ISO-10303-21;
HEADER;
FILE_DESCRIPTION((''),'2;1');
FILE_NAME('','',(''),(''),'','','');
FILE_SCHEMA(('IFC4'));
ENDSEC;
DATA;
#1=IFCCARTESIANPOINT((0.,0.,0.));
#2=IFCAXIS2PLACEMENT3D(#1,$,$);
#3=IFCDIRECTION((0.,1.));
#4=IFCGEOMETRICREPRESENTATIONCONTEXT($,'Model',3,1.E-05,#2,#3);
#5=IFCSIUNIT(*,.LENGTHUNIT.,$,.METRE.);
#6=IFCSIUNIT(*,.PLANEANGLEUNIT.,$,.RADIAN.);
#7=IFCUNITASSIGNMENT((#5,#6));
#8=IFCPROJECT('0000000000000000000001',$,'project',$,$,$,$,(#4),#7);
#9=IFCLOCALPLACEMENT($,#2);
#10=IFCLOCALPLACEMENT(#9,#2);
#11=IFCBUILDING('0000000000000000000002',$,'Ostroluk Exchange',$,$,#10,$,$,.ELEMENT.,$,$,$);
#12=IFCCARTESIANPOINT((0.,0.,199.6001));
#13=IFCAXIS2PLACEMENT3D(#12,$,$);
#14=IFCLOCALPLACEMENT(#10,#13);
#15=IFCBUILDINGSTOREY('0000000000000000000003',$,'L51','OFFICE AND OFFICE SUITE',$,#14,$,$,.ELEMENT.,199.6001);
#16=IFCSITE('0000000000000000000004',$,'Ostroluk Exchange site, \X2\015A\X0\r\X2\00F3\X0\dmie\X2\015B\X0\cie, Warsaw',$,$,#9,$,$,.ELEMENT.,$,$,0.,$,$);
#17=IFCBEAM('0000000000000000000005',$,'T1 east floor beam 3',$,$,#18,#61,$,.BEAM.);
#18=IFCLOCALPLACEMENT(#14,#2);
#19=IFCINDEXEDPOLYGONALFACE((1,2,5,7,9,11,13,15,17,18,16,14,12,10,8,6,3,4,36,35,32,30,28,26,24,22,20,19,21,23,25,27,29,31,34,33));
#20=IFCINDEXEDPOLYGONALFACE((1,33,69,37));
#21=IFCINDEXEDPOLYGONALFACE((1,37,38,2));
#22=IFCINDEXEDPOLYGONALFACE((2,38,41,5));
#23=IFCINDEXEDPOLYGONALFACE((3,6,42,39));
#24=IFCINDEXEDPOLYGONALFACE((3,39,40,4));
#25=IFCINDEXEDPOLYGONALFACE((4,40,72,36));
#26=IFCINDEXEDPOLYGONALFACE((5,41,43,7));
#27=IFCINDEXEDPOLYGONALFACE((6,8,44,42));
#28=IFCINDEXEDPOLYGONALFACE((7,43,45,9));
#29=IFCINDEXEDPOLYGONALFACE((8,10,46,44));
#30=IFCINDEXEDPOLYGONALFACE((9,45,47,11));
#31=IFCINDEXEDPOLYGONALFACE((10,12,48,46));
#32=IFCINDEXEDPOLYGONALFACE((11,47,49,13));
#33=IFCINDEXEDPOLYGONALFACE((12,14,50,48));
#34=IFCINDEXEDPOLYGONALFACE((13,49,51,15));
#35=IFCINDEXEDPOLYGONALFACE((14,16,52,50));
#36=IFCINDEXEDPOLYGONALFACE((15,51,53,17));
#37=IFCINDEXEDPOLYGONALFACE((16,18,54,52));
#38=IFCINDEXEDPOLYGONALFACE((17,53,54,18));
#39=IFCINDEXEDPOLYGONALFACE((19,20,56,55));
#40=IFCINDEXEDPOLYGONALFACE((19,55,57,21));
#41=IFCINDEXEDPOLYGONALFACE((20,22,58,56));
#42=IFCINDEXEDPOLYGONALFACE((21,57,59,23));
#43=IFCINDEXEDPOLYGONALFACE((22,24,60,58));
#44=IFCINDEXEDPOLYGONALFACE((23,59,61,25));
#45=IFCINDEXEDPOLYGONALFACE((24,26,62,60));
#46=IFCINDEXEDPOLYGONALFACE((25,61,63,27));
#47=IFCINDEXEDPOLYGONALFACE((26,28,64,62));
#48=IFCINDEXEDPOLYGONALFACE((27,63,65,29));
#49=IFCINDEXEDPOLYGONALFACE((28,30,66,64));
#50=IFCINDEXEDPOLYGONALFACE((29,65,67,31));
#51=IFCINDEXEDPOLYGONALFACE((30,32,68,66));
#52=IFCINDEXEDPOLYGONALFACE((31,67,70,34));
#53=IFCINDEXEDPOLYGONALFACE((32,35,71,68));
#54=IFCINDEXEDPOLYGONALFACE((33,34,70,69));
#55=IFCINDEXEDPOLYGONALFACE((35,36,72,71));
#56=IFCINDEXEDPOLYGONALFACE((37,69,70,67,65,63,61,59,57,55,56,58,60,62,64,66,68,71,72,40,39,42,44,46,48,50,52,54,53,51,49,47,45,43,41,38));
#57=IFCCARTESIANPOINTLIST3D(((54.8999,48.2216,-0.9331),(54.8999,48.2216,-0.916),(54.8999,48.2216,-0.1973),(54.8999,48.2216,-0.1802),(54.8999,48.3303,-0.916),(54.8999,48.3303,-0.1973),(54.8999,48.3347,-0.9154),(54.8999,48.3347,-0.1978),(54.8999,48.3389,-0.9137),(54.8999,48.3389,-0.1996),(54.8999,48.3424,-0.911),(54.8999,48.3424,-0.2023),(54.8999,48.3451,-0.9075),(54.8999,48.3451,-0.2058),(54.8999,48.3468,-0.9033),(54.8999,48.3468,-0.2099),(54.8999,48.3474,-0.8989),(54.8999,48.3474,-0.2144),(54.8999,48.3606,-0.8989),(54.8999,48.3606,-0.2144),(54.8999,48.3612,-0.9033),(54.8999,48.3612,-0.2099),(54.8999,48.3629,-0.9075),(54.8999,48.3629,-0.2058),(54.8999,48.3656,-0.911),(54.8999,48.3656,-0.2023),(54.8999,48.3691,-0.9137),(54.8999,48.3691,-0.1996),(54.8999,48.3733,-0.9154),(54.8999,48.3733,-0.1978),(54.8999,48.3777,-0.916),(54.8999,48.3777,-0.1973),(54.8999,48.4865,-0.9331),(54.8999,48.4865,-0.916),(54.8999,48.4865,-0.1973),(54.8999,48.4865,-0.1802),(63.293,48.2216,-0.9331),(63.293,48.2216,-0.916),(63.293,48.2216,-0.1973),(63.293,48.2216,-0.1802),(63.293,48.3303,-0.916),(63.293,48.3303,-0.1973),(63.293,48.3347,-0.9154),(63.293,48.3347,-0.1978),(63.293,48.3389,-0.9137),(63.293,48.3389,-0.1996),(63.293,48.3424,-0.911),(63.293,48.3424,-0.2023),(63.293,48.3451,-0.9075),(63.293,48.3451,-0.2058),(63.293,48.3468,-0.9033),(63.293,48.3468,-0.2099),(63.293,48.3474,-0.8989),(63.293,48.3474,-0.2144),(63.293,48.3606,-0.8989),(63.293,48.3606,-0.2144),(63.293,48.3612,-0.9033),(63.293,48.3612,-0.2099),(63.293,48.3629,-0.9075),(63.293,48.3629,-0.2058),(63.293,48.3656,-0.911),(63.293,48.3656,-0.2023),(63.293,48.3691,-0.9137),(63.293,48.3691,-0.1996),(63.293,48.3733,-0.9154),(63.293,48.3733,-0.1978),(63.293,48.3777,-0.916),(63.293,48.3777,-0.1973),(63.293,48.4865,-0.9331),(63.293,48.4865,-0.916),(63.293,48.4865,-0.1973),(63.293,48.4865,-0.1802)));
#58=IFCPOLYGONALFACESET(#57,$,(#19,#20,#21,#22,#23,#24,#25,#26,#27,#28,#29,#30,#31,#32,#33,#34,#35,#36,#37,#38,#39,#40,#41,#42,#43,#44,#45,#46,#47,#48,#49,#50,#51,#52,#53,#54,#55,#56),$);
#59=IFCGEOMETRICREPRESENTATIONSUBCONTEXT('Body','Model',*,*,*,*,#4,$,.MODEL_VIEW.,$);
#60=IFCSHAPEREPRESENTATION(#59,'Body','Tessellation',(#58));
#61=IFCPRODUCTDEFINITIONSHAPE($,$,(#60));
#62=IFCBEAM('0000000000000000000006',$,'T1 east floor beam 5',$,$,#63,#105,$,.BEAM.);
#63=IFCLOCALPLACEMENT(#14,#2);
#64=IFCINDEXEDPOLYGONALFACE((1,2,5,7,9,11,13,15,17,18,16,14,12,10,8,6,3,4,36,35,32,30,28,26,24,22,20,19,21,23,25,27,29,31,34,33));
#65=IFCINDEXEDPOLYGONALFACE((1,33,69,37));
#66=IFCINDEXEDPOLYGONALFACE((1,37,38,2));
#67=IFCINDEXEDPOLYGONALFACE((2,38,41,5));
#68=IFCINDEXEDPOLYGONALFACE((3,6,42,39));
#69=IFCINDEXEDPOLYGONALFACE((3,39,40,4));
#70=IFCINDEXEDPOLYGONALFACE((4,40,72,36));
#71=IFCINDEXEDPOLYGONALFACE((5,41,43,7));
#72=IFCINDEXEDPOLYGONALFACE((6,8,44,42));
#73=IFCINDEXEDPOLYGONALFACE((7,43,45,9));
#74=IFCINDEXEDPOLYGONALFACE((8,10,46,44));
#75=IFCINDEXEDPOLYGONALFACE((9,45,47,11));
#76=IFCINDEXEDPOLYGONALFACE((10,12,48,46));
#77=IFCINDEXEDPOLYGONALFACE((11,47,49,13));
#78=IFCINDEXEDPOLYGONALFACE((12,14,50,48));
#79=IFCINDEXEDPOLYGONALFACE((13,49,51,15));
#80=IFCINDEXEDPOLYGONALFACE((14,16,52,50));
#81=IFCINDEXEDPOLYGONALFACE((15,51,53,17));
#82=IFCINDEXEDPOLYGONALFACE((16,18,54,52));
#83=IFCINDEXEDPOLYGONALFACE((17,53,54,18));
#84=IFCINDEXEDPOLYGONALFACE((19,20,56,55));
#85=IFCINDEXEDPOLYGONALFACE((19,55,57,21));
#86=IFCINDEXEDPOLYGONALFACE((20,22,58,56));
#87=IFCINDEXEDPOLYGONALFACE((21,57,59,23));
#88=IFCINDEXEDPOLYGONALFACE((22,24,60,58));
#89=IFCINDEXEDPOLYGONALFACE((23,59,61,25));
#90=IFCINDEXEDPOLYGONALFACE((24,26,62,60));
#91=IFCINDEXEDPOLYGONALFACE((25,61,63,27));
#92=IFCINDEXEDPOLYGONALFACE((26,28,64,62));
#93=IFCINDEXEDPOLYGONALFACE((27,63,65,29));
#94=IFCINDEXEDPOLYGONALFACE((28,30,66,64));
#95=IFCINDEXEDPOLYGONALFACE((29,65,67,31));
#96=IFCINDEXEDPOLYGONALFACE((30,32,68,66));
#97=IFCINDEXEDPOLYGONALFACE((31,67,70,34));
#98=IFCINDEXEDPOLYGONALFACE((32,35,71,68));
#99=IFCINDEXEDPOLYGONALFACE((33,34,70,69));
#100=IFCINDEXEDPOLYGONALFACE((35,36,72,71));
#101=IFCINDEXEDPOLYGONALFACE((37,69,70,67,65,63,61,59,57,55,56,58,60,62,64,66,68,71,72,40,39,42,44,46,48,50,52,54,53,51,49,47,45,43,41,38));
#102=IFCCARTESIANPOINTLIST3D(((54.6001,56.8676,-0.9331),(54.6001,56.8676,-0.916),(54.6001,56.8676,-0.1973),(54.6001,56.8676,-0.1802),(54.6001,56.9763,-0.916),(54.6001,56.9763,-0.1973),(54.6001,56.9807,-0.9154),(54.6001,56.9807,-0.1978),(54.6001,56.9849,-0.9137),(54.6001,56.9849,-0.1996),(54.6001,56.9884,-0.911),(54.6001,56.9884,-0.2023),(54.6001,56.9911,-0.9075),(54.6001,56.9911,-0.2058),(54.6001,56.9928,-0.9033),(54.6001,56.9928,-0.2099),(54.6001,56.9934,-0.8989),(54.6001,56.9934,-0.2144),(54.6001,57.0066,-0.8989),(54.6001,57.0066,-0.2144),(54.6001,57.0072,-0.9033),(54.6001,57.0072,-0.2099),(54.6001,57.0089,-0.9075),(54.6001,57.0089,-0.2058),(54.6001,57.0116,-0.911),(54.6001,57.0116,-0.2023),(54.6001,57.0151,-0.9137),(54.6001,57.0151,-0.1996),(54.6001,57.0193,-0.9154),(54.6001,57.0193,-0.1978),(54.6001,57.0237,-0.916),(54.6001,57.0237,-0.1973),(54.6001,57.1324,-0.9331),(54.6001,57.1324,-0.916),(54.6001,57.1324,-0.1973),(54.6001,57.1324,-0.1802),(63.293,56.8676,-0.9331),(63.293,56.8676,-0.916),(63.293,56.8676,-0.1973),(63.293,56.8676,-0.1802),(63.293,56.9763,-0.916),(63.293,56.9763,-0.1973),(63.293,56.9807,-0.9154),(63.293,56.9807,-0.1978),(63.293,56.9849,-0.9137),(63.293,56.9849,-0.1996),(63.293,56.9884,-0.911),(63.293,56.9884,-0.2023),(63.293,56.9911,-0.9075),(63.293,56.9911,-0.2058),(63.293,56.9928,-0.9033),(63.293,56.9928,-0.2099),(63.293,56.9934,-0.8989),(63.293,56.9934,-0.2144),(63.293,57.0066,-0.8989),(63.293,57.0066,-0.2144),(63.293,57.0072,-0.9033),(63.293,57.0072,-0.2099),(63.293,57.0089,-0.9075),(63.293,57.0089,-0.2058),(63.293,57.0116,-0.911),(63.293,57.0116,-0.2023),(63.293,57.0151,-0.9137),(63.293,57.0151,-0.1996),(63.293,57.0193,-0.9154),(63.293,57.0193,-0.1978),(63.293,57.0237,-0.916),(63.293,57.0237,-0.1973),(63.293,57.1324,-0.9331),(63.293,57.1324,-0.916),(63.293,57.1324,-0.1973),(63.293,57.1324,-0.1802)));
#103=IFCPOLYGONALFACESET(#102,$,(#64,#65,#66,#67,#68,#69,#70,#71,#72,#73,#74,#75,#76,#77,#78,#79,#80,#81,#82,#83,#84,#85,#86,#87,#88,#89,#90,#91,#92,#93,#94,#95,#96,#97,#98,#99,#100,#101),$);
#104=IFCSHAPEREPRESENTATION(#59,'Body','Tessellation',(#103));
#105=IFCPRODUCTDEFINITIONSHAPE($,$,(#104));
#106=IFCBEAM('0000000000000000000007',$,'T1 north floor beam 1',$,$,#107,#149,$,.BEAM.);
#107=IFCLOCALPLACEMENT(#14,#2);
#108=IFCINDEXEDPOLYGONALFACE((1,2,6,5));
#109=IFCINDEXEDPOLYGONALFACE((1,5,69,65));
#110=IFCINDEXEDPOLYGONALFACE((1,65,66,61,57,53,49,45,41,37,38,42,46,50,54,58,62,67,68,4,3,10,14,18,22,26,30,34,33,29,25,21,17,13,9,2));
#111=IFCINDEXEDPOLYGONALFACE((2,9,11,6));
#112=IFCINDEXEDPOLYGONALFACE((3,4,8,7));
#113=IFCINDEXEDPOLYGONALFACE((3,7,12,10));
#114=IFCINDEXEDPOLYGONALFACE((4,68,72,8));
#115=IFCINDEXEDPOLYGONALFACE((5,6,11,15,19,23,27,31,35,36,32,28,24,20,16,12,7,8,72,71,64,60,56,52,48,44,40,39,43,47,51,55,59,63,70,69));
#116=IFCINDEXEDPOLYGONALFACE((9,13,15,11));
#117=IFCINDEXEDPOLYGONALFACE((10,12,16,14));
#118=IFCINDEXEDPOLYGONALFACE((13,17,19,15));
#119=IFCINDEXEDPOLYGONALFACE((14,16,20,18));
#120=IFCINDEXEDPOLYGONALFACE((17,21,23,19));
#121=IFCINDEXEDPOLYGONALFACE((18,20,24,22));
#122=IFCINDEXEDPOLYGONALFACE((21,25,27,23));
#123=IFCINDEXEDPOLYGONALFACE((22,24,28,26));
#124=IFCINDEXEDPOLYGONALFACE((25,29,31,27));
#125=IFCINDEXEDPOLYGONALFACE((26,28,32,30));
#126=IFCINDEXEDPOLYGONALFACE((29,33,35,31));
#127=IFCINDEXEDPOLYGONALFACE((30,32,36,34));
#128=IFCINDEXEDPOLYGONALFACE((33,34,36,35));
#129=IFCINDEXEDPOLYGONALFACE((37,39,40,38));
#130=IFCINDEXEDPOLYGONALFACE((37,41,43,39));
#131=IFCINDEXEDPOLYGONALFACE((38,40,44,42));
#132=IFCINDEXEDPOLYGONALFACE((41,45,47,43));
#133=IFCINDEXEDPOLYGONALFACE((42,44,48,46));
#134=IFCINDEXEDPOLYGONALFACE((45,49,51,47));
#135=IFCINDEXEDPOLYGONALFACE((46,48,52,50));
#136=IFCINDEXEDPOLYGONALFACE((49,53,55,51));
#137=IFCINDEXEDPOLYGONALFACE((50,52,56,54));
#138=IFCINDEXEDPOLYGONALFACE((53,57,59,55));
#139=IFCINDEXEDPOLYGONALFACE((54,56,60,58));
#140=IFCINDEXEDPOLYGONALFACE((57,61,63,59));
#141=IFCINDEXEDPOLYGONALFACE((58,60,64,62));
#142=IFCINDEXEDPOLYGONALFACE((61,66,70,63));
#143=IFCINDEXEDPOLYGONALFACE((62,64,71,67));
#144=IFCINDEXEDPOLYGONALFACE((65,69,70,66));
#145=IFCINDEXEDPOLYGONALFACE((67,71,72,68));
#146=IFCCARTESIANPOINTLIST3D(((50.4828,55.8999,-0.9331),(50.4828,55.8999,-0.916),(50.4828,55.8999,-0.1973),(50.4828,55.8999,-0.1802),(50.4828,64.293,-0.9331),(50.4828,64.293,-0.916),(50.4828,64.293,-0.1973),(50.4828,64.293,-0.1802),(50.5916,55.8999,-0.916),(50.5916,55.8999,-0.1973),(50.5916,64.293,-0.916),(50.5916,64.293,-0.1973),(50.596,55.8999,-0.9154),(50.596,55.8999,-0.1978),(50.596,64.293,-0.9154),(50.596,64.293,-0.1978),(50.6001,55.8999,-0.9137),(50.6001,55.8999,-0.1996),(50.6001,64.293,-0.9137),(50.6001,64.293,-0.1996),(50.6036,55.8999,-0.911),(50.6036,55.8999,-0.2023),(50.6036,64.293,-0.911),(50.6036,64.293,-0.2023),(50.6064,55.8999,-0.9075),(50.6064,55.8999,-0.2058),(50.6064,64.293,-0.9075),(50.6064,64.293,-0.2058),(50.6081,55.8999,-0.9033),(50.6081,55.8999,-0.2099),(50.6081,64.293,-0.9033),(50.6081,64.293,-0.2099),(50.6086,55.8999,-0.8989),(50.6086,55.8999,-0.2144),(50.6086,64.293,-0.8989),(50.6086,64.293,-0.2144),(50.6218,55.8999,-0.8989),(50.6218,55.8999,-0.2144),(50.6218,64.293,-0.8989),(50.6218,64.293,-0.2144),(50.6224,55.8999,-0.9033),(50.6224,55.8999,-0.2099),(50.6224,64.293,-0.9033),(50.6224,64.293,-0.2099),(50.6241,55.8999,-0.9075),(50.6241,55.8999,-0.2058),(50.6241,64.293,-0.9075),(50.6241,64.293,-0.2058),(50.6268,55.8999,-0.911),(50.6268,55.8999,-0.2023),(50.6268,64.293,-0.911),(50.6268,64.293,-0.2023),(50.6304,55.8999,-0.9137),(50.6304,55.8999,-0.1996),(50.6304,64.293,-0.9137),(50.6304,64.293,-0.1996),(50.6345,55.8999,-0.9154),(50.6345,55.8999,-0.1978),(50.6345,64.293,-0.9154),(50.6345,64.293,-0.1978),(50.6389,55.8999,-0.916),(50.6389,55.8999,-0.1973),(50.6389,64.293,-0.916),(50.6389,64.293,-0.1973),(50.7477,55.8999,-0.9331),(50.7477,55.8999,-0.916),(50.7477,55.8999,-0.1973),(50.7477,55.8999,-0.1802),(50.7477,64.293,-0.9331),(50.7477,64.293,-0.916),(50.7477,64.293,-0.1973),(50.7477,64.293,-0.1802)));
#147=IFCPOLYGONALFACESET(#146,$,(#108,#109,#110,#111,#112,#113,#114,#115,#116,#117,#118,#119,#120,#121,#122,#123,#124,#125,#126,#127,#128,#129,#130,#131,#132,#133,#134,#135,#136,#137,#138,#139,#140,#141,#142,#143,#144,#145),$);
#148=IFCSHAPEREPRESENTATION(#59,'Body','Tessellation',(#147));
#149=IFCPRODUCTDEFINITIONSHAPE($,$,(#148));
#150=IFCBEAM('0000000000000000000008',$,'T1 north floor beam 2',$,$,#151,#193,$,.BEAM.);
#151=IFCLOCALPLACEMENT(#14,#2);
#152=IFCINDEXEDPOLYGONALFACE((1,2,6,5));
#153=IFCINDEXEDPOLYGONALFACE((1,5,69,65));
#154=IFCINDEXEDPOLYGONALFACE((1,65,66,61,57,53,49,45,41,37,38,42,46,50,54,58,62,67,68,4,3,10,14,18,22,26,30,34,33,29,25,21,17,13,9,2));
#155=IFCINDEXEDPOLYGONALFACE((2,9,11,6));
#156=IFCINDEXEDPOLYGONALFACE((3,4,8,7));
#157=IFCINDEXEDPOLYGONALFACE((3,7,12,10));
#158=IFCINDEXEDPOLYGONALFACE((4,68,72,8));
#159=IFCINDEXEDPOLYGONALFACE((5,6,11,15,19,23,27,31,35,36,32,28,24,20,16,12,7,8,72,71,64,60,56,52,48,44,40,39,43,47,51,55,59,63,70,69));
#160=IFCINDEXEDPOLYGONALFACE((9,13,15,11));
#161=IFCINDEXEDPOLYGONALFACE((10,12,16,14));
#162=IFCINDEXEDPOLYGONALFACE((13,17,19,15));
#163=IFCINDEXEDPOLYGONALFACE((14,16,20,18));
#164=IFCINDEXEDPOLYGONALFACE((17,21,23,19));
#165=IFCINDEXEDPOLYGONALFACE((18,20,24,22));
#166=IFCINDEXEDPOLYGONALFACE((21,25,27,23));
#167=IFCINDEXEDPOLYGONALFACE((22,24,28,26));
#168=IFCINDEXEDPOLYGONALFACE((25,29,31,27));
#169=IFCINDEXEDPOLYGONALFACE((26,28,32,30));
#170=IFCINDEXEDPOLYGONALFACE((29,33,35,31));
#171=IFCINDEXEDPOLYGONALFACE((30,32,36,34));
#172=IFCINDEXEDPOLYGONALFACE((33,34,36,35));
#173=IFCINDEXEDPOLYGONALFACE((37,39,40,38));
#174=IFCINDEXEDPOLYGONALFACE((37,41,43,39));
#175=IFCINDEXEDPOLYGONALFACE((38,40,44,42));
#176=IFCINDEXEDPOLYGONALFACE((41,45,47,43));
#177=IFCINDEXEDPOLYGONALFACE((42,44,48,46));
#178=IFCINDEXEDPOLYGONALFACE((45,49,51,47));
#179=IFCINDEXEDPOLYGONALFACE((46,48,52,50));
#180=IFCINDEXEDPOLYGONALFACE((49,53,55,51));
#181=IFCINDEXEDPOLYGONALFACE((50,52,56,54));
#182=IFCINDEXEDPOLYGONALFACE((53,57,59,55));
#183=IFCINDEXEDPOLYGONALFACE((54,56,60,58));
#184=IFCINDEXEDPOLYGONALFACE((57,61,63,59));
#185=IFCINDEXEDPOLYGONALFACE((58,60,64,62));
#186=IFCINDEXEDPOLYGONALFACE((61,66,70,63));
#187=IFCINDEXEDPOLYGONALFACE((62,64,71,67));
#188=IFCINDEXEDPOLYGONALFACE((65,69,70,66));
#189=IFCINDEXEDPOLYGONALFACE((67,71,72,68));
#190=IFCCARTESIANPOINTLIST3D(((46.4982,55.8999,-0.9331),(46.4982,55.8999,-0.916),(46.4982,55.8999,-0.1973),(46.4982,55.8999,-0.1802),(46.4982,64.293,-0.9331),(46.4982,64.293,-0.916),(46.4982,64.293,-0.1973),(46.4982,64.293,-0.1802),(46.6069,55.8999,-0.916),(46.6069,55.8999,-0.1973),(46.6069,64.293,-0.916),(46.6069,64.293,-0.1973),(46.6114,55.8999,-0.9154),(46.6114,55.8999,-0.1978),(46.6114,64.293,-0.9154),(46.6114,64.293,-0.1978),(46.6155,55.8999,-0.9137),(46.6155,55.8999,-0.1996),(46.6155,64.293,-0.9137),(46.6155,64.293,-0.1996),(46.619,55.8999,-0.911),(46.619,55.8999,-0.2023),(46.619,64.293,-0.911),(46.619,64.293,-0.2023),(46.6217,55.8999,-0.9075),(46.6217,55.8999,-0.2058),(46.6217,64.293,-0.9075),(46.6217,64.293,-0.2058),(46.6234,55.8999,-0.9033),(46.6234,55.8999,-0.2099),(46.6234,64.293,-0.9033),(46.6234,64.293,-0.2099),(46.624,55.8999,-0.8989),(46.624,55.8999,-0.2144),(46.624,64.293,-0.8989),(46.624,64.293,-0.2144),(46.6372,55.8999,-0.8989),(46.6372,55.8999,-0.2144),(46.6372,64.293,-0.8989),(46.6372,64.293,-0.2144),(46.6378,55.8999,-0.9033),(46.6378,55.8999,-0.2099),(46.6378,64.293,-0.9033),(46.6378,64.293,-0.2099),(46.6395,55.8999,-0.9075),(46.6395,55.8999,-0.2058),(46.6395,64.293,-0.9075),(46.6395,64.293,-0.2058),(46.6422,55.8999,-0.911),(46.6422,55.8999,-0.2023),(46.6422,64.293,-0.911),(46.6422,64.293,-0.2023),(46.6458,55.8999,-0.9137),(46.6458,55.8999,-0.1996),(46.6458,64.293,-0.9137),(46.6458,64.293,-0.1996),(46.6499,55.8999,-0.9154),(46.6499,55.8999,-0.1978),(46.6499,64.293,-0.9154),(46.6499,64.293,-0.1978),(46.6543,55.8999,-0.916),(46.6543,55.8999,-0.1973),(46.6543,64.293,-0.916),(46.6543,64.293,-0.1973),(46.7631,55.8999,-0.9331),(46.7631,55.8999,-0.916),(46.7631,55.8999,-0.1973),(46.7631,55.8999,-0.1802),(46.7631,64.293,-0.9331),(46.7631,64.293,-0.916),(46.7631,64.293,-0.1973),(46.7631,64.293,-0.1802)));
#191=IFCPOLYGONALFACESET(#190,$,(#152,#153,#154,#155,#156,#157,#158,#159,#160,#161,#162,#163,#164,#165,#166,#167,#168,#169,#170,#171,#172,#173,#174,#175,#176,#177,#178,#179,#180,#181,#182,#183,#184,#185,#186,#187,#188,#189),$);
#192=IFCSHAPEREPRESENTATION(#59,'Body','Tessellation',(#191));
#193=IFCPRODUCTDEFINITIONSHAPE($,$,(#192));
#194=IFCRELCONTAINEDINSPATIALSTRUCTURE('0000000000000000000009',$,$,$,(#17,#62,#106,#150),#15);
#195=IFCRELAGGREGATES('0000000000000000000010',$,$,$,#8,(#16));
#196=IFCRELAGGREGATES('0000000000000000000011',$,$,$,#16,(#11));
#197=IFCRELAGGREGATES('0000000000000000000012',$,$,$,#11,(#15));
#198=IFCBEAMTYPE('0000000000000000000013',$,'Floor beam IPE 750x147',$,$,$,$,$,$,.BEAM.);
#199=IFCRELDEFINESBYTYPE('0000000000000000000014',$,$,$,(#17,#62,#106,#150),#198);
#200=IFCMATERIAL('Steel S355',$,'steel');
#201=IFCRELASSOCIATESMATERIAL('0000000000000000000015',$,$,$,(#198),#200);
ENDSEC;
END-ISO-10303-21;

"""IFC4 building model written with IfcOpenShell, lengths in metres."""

from ifc_helpers import new_model, si_unit, direction, frame, origin, origin_2d, place, context, subcontext, project, spatial, i_section, extrude, material, material_profile, profile_set, type_object, element, save


model = new_model("IFC4")

# Units and contexts
model_context = context("Model", 3, precision=1e-05, world=origin(), true_north=direction((0.0, 1.0)))
body_context = subcontext(model_context, "Body", "Model", "MODEL_VIEW")
ifc_project = project(units=[si_unit("LENGTHUNIT", "METRE"), si_unit("PLANEANGLEUNIT", "RADIAN")], contexts=[model_context])

# Site, building, storey
site_placement = place(None, origin())
site = spatial("IfcSite", under=ifc_project, at=site_placement, Name="Ostroluk Exchange site, Śródmieście, Warsaw", CompositionType="ELEMENT", RefElevation=0.0)
building_placement = place(site_placement, origin())
building = spatial("IfcBuilding", under=site, at=building_placement, Name="Ostroluk Exchange", CompositionType="ELEMENT")
storey_placement = place(building_placement, frame((0.0, 0.0, 199.6001)))
storey = spatial("IfcBuildingStorey", under=building, at=storey_placement, Name="L51", Description="OFFICE AND OFFICE SUITE", CompositionType="ELEMENT", Elevation=199.6001)

# Beams
ifc_material_1 = material(Name="Steel S355", Category="steel")
ifc_material_profile_1 = material_profile(ifc_material_1, i_section(OverallWidth=0.2649, OverallDepth=0.7529, WebThickness=0.0132, FlangeThickness=0.0171, FilletRadius=0.0171, at=origin_2d()), Name="IPE 750x147")
ifc_profile_set_1 = profile_set([ifc_material_profile_1], Name="Steel S355")
beam_type_1 = type_object("IfcBeamType", Name="Floor beam IPE 750x147", PredefinedType="BEAM", material=ifc_profile_set_1)
beam_1_placement = place(storey_placement, frame((54.8999, 48.354, -0.5566), z_axis=(1.0, 0.0, 0.0), x_axis=(0.0, 1.0, 0.0)))
element("IfcBeam", 1, at=beam_1_placement, inside=storey, type_object=beam_type_1, Name="T1 east floor beam 3", PredefinedType="BEAM", context=body_context, shape_type="SweptSolid", body=[
    extrude(i_section(OverallWidth=0.2649, OverallDepth=0.7529, WebThickness=0.0132, FlangeThickness=0.0171, FilletRadius=0.0171, at=origin_2d()), origin(), (0.0, 0.0, 1.0), 8.3931),
])
beam_2_placement = place(storey_placement, frame((54.6001, 57.0, -0.5566), z_axis=(1.0, 0.0, 0.0), x_axis=(0.0, 1.0, 0.0)))
element("IfcBeam", 2, at=beam_2_placement, inside=storey, type_object=beam_type_1, Name="T1 east floor beam 5", PredefinedType="BEAM", context=body_context, shape_type="SweptSolid", body=[
    extrude(i_section(OverallWidth=0.2649, OverallDepth=0.7529, WebThickness=0.0132, FlangeThickness=0.0171, FilletRadius=0.0171, at=origin_2d()), origin(), (0.0, 0.0, 1.0), 8.6929),
])
for number, where, z_axis, x_axis, name in (
    (3, (50.6152, 55.8999, -0.5566), (0.0, 1.0, 0.0), (-1.0, 0.0, 0.0), "T1 north floor beam 1"),
    (4, (46.6306, 55.8999, -0.5566), (0.0, 1.0, 0.0), (-1.0, 0.0, 0.0), "T1 north floor beam 2"),
):
    element("IfcBeam", number, at=place(storey_placement, frame(where, z_axis=z_axis, x_axis=x_axis)), inside=storey, type_object=beam_type_1, Name=name, PredefinedType="BEAM", context=body_context, shape_type="SweptSolid", body=[
        extrude(i_section(OverallWidth=0.2649, OverallDepth=0.7529, WebThickness=0.0132, FlangeThickness=0.0171, FilletRadius=0.0171, at=origin_2d()), origin(), (0.0, 0.0, 1.0), 8.3931),
    ])

save(model, "model.ifc")
